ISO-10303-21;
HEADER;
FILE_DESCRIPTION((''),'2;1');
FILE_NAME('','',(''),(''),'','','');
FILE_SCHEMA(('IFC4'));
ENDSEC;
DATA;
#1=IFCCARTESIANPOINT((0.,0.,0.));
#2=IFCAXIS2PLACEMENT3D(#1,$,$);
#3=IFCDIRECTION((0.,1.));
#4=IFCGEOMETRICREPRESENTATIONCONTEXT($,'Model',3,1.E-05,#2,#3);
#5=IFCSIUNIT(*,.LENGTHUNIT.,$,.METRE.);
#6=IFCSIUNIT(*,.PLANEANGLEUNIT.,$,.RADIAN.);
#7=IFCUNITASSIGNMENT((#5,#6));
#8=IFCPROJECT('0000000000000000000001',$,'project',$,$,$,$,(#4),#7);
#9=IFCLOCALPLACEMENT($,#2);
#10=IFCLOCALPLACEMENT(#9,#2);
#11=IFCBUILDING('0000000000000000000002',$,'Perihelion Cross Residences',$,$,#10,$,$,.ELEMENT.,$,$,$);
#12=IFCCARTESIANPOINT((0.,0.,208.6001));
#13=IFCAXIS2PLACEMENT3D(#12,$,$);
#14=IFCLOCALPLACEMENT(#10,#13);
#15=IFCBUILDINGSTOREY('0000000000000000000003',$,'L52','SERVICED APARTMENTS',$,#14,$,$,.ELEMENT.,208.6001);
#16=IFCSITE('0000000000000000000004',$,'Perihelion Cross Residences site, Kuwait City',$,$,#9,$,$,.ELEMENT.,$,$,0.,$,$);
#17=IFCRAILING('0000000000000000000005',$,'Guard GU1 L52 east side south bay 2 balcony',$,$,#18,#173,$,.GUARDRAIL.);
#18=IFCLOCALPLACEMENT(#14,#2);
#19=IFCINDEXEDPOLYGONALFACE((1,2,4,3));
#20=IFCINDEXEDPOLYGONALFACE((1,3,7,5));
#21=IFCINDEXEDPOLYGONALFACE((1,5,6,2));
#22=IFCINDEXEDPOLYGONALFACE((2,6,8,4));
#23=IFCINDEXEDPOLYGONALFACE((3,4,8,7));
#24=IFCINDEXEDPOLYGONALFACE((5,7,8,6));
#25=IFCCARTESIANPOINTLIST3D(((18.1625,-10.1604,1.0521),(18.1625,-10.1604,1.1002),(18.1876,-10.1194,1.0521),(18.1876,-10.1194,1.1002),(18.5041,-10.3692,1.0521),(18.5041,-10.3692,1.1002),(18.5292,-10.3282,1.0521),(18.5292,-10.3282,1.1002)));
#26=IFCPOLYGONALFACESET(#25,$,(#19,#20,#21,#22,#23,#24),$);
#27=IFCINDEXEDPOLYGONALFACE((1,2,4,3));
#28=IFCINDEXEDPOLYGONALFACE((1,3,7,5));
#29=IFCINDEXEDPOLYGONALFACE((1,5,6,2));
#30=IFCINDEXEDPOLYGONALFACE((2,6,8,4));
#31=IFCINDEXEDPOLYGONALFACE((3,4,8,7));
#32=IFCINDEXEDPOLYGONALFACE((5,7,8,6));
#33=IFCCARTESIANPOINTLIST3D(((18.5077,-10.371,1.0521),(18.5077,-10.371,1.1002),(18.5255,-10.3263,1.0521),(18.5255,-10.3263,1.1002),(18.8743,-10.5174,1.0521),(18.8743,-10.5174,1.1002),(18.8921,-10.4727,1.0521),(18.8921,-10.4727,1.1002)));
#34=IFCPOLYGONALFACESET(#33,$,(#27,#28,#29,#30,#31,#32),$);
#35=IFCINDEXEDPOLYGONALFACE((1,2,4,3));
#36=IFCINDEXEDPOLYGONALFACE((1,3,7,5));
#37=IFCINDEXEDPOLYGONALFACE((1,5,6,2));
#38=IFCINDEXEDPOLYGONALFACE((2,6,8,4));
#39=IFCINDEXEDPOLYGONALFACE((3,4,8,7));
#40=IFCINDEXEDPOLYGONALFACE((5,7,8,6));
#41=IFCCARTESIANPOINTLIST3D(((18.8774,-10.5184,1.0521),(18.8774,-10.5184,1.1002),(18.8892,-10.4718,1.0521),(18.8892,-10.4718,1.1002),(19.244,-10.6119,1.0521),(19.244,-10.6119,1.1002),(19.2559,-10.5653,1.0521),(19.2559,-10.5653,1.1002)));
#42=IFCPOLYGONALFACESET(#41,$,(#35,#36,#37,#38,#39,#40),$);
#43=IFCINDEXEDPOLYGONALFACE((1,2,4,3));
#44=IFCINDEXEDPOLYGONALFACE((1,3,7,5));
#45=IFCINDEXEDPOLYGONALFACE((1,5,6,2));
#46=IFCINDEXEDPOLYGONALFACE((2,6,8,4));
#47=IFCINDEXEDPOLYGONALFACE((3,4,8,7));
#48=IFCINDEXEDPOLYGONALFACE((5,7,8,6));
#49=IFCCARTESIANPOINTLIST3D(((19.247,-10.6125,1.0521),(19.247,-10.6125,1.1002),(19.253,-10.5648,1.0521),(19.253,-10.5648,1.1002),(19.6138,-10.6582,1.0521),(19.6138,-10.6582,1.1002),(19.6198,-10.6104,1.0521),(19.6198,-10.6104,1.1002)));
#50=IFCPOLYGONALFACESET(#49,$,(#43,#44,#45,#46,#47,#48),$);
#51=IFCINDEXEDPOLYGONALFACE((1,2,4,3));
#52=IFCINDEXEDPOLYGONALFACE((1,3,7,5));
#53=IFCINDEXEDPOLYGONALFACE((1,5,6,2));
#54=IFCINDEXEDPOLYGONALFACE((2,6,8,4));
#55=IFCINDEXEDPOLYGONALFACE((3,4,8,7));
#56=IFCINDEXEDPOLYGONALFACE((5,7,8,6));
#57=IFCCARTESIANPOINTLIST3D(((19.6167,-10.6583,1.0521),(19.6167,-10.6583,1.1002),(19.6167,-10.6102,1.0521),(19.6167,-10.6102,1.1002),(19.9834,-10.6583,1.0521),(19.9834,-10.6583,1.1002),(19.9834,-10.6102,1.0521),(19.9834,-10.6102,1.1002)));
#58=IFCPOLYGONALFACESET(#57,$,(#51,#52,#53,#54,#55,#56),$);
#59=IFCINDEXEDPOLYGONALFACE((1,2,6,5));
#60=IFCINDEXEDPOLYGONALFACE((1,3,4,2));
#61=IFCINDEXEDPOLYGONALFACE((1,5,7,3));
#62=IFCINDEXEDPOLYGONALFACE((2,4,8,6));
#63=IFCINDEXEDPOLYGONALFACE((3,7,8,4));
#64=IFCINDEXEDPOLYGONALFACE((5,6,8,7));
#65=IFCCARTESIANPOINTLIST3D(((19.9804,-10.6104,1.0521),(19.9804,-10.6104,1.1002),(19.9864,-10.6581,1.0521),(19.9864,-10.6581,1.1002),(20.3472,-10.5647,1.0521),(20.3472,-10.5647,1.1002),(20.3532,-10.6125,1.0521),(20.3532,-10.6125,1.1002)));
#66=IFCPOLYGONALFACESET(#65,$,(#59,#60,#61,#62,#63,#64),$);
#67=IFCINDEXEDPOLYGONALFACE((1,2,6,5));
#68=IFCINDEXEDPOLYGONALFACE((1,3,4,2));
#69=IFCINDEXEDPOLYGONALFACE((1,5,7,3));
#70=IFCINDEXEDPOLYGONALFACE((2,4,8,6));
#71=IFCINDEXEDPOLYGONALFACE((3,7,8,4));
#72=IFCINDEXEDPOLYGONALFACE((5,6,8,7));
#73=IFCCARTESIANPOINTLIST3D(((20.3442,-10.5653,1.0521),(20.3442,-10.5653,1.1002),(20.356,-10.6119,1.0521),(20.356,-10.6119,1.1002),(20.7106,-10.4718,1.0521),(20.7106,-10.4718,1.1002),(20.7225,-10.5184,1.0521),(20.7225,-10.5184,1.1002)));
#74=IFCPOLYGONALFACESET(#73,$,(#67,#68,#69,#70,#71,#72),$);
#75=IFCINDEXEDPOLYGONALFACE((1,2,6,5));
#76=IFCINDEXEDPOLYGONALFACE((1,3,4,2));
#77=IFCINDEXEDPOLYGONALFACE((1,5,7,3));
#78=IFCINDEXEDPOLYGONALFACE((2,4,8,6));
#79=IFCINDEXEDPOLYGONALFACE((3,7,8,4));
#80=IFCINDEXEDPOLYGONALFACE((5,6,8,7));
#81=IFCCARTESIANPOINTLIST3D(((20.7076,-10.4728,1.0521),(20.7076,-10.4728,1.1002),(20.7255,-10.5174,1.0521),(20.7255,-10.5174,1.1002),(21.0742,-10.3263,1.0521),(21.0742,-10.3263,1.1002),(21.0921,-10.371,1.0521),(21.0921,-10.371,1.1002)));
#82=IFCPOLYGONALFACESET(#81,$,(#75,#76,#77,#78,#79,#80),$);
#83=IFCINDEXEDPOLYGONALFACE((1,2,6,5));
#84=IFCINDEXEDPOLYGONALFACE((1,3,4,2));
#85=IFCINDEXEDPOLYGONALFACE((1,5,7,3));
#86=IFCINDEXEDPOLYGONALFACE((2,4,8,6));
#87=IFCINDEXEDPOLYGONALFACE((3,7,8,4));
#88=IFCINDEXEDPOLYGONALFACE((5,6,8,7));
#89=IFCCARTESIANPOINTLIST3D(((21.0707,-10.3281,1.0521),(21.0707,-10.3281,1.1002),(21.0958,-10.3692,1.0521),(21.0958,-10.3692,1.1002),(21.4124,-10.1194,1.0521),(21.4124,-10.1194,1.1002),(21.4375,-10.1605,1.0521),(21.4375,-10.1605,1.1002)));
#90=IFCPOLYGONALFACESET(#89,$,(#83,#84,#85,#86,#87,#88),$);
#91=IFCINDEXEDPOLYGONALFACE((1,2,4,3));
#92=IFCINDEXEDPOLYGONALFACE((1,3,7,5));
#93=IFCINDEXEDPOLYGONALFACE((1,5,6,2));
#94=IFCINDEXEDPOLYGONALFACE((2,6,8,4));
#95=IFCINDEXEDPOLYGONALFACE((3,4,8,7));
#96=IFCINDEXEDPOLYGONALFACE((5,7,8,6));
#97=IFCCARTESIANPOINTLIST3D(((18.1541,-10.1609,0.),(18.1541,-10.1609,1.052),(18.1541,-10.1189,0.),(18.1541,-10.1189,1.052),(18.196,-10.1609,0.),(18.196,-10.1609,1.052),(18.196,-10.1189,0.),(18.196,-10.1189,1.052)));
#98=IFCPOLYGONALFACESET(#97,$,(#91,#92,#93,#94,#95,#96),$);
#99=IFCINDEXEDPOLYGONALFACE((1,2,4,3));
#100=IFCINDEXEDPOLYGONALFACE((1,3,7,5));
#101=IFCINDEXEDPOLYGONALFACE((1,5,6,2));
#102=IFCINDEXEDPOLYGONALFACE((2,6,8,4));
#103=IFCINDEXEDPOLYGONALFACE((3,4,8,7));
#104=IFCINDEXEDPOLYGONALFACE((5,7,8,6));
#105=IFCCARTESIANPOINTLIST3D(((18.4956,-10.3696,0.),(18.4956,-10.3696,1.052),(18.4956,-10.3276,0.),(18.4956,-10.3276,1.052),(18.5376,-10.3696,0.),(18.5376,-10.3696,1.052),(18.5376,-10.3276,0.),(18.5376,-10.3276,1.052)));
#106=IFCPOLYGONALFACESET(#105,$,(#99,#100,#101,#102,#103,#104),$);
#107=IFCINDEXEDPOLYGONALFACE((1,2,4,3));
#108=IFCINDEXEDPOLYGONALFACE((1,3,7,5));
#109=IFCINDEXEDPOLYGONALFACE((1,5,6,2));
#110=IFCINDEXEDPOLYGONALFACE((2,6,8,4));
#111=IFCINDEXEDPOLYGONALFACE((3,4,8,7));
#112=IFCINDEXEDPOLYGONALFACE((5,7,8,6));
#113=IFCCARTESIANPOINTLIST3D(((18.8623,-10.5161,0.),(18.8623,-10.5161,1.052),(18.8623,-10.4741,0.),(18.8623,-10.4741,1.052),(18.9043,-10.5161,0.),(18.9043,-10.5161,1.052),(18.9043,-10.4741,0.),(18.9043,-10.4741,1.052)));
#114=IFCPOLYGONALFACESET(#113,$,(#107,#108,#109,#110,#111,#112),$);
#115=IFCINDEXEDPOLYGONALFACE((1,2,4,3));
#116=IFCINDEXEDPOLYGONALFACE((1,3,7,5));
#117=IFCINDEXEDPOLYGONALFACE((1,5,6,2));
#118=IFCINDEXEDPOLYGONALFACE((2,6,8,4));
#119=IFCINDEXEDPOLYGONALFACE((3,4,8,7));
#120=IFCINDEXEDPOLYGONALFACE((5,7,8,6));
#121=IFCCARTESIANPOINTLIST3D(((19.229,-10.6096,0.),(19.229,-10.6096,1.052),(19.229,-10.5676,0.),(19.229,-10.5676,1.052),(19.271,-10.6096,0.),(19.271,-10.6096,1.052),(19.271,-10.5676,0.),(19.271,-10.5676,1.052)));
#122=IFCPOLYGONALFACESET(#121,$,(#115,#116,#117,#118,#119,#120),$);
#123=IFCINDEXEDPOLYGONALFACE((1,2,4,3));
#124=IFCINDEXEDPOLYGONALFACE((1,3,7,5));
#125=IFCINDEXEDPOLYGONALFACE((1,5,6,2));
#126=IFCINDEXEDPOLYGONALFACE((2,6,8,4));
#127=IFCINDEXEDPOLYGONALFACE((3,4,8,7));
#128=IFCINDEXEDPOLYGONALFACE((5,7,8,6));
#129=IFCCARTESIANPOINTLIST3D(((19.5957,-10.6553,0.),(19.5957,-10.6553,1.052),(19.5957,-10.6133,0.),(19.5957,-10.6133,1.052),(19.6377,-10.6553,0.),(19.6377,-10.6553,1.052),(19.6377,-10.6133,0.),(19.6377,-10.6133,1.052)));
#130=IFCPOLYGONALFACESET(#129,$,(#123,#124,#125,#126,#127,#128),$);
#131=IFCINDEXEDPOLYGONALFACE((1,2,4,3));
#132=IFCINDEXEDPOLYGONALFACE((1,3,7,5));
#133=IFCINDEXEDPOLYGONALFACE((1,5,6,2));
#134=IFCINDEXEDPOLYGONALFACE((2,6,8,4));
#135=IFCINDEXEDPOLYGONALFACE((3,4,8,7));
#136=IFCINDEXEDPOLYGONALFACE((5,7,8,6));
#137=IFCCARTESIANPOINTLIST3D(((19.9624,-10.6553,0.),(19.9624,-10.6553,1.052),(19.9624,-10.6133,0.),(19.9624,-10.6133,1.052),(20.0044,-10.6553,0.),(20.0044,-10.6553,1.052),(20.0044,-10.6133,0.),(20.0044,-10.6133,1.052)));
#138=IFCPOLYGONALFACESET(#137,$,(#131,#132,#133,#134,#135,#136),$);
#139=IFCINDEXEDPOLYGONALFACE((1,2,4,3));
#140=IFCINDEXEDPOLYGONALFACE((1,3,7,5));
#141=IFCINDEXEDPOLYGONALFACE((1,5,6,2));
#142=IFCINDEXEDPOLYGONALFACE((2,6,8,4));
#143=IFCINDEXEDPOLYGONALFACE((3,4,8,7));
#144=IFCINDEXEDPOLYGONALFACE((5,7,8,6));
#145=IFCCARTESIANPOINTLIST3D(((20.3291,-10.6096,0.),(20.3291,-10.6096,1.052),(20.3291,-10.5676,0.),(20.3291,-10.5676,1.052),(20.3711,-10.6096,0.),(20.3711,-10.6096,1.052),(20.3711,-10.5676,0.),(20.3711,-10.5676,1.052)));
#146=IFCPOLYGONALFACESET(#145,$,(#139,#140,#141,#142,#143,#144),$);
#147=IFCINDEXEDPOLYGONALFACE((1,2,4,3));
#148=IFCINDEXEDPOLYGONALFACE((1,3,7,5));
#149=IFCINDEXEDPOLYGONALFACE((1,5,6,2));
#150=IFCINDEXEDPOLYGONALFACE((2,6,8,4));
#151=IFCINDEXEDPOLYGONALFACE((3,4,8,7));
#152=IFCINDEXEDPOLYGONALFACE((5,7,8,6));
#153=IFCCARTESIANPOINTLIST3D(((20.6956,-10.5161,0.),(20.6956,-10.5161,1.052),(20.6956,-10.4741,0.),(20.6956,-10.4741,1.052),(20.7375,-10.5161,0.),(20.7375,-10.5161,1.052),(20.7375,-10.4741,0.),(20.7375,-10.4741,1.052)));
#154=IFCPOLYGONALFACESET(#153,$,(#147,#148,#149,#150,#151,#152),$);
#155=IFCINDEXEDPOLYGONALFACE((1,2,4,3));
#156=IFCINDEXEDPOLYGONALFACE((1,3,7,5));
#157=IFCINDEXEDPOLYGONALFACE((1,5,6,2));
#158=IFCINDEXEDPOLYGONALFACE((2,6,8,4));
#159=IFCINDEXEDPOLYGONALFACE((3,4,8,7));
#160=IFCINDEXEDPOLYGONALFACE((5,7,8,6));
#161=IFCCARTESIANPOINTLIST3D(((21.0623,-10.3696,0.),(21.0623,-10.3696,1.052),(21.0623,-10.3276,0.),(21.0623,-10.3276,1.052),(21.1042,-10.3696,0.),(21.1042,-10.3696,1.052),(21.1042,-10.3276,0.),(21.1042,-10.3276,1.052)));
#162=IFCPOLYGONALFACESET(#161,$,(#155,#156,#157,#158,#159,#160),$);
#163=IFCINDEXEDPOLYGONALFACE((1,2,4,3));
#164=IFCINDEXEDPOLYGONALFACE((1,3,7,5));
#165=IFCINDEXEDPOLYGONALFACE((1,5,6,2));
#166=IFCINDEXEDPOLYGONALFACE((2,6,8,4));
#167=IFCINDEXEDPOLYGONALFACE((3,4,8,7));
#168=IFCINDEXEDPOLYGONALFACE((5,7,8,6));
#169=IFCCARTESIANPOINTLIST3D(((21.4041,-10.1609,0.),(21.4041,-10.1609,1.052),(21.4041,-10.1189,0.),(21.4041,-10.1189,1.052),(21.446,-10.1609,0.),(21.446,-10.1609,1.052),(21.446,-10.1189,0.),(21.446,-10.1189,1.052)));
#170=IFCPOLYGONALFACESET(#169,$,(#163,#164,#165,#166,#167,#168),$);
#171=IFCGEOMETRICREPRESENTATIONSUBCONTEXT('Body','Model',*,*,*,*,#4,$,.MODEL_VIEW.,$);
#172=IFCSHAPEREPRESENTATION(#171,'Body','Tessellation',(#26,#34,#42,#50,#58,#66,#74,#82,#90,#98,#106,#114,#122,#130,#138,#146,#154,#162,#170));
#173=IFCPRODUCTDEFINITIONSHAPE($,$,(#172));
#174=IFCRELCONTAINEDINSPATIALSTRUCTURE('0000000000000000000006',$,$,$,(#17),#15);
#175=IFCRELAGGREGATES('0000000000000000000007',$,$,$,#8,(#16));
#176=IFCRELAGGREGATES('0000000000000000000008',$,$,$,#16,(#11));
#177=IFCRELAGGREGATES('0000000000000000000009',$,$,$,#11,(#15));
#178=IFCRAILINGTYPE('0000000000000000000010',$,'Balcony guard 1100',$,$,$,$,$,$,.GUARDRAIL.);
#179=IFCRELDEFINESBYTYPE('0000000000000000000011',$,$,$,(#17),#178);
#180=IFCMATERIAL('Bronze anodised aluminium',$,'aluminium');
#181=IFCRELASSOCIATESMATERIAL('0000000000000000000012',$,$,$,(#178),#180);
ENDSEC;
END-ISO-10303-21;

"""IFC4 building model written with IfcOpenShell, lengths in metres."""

from ifc_helpers import new_model, si_unit, direction, frame, origin, origin_2d, place, context, subcontext, project, spatial, rectangle, extrude, material, type_object, element, save


model = new_model("IFC4")

# Units and contexts
model_context = context("Model", 3, precision=1e-05, world=origin(), true_north=direction((0.0, 1.0)))
body_context = subcontext(model_context, "Body", "Model", "MODEL_VIEW")
ifc_project = project(units=[si_unit("LENGTHUNIT", "METRE"), si_unit("PLANEANGLEUNIT", "RADIAN")], contexts=[model_context])

# Site, building, storey
site_placement = place(None, origin())
site = spatial("IfcSite", under=ifc_project, at=site_placement, Name="Perihelion Cross Residences site, Kuwait City", CompositionType="ELEMENT", RefElevation=0.0)
building_placement = place(site_placement, origin())
building = spatial("IfcBuilding", under=site, at=building_placement, Name="Perihelion Cross Residences", CompositionType="ELEMENT")
storey_placement = place(building_placement, frame((0.0, 0.0, 208.6001)))
storey = spatial("IfcBuildingStorey", under=building, at=storey_placement, Name="L52", Description="SERVICED APARTMENTS", CompositionType="ELEMENT", Elevation=208.6001)

# Railing
ifc_material_1 = material(Name="Bronze anodised aluminium", Category="aluminium")
railing_type = type_object("IfcRailingType", Name="Balcony guard 1100", PredefinedType="GUARDRAIL", material=ifc_material_1)
railing_1_placement = place(storey_placement, frame((18.175, -10.1399, 0.0)))
element("IfcRailing", 1, at=railing_1_placement, inside=storey, type_object=railing_type, Name="Guard GU1 L52 east side south bay 2 balcony", PredefinedType="GUARDRAIL", context=body_context, shape_type="SweptSolid", body=[
    extrude(rectangle(XDim=0.0481, YDim=0.0481, at=origin_2d()), frame((0.0, 0.0, 1.0762), z_axis=(0.853267, -0.521475, 0.0), x_axis=(0.521475, 0.853267, 0.0)), (0.0, 0.0, 1.0), 0.4004),
    extrude(rectangle(XDim=0.0481, YDim=0.0481, at=origin_2d()), frame((0.3416, -0.2087, 1.0762), z_axis=(0.928647, -0.370964, 0.0), x_axis=(0.370964, 0.928647, 0.0)), (0.0, 0.0, 1.0), 0.3948),
    extrude(rectangle(XDim=0.0481, YDim=0.0481, at=origin_2d()), frame((0.7083, -0.3552, 1.0762), z_axis=(0.968993, -0.247087, 0.0), x_axis=(0.247087, 0.968993, 0.0)), (0.0, 0.0, 1.0), 0.3784),
    extrude(rectangle(XDim=0.0481, YDim=0.0481, at=origin_2d()), frame((1.075, -0.4487, 1.0762), z_axis=(0.992339, -0.123547, 0.0), x_axis=(0.123547, 0.992339, 0.0)), (0.0, 0.0, 1.0), 0.3696),
    extrude(rectangle(XDim=0.0481, YDim=0.0481, at=origin_2d()), frame((1.4417, -0.4944, 1.0762), z_axis=(1.0, 0.0, 0.0), x_axis=(0.0, 1.0, 0.0)), (0.0, 0.0, 1.0), 0.3667),
    extrude(rectangle(XDim=0.0481, YDim=0.0481, at=origin_2d()), frame((1.8083, -0.4944, 1.0762), z_axis=(0.992339, 0.123547, 0.0), x_axis=(-0.123547, 0.992339, 0.0)), (0.0, 0.0, 1.0), 0.3696),
    extrude(rectangle(XDim=0.0481, YDim=0.0481, at=origin_2d()), frame((2.175, -0.4487, 1.0762), z_axis=(0.968954, 0.247241, 0.0), x_axis=(-0.247241, 0.968954, 0.0)), (0.0, 0.0, 1.0), 0.3782),
    extrude(rectangle(XDim=0.0481, YDim=0.0481, at=origin_2d()), frame((2.5415, -0.3552, 1.0762), z_axis=(0.928647, 0.370964, 0.0), x_axis=(-0.370964, 0.928647, 0.0)), (0.0, 0.0, 1.0), 0.3948),
    extrude(rectangle(XDim=0.0481, YDim=0.0481, at=origin_2d()), frame((2.9082, -0.2087, 1.0762), z_axis=(0.853432, 0.521203, 0.0), x_axis=(-0.521203, 0.853432, 0.0)), (0.0, 0.0, 1.0), 0.4004),
    extrude(rectangle(XDim=0.042, YDim=0.042, at=origin_2d()), origin(), (0.0, 0.0, 1.0), 1.052),
    extrude(rectangle(XDim=0.042, YDim=0.042, at=origin_2d()), frame((0.3416, -0.2087, 0.0)), (0.0, 0.0, 1.0), 1.052),
    extrude(rectangle(XDim=0.042, YDim=0.042, at=origin_2d()), frame((0.7083, -0.3552, 0.0)), (0.0, 0.0, 1.0), 1.052),
    extrude(rectangle(XDim=0.042, YDim=0.042, at=origin_2d()), frame((1.075, -0.4487, 0.0)), (0.0, 0.0, 1.0), 1.052),
    extrude(rectangle(XDim=0.042, YDim=0.042, at=origin_2d()), frame((1.4417, -0.4944, 0.0)), (0.0, 0.0, 1.0), 1.052),
    extrude(rectangle(XDim=0.042, YDim=0.042, at=origin_2d()), frame((1.8083, -0.4944, 0.0)), (0.0, 0.0, 1.0), 1.052),
    extrude(rectangle(XDim=0.042, YDim=0.042, at=origin_2d()), frame((2.175, -0.4487, 0.0)), (0.0, 0.0, 1.0), 1.052),
    extrude(rectangle(XDim=0.042, YDim=0.042, at=origin_2d()), frame((2.5415, -0.3552, 0.0)), (0.0, 0.0, 1.0), 1.052),
    extrude(rectangle(XDim=0.042, YDim=0.042, at=origin_2d()), frame((2.9082, -0.2087, 0.0)), (0.0, 0.0, 1.0), 1.052),
    extrude(rectangle(XDim=0.042, YDim=0.042, at=origin_2d()), frame((3.25, 0.0, 0.0)), (0.0, 0.0, 1.0), 1.052),
])

save(model, "model.ifc")
